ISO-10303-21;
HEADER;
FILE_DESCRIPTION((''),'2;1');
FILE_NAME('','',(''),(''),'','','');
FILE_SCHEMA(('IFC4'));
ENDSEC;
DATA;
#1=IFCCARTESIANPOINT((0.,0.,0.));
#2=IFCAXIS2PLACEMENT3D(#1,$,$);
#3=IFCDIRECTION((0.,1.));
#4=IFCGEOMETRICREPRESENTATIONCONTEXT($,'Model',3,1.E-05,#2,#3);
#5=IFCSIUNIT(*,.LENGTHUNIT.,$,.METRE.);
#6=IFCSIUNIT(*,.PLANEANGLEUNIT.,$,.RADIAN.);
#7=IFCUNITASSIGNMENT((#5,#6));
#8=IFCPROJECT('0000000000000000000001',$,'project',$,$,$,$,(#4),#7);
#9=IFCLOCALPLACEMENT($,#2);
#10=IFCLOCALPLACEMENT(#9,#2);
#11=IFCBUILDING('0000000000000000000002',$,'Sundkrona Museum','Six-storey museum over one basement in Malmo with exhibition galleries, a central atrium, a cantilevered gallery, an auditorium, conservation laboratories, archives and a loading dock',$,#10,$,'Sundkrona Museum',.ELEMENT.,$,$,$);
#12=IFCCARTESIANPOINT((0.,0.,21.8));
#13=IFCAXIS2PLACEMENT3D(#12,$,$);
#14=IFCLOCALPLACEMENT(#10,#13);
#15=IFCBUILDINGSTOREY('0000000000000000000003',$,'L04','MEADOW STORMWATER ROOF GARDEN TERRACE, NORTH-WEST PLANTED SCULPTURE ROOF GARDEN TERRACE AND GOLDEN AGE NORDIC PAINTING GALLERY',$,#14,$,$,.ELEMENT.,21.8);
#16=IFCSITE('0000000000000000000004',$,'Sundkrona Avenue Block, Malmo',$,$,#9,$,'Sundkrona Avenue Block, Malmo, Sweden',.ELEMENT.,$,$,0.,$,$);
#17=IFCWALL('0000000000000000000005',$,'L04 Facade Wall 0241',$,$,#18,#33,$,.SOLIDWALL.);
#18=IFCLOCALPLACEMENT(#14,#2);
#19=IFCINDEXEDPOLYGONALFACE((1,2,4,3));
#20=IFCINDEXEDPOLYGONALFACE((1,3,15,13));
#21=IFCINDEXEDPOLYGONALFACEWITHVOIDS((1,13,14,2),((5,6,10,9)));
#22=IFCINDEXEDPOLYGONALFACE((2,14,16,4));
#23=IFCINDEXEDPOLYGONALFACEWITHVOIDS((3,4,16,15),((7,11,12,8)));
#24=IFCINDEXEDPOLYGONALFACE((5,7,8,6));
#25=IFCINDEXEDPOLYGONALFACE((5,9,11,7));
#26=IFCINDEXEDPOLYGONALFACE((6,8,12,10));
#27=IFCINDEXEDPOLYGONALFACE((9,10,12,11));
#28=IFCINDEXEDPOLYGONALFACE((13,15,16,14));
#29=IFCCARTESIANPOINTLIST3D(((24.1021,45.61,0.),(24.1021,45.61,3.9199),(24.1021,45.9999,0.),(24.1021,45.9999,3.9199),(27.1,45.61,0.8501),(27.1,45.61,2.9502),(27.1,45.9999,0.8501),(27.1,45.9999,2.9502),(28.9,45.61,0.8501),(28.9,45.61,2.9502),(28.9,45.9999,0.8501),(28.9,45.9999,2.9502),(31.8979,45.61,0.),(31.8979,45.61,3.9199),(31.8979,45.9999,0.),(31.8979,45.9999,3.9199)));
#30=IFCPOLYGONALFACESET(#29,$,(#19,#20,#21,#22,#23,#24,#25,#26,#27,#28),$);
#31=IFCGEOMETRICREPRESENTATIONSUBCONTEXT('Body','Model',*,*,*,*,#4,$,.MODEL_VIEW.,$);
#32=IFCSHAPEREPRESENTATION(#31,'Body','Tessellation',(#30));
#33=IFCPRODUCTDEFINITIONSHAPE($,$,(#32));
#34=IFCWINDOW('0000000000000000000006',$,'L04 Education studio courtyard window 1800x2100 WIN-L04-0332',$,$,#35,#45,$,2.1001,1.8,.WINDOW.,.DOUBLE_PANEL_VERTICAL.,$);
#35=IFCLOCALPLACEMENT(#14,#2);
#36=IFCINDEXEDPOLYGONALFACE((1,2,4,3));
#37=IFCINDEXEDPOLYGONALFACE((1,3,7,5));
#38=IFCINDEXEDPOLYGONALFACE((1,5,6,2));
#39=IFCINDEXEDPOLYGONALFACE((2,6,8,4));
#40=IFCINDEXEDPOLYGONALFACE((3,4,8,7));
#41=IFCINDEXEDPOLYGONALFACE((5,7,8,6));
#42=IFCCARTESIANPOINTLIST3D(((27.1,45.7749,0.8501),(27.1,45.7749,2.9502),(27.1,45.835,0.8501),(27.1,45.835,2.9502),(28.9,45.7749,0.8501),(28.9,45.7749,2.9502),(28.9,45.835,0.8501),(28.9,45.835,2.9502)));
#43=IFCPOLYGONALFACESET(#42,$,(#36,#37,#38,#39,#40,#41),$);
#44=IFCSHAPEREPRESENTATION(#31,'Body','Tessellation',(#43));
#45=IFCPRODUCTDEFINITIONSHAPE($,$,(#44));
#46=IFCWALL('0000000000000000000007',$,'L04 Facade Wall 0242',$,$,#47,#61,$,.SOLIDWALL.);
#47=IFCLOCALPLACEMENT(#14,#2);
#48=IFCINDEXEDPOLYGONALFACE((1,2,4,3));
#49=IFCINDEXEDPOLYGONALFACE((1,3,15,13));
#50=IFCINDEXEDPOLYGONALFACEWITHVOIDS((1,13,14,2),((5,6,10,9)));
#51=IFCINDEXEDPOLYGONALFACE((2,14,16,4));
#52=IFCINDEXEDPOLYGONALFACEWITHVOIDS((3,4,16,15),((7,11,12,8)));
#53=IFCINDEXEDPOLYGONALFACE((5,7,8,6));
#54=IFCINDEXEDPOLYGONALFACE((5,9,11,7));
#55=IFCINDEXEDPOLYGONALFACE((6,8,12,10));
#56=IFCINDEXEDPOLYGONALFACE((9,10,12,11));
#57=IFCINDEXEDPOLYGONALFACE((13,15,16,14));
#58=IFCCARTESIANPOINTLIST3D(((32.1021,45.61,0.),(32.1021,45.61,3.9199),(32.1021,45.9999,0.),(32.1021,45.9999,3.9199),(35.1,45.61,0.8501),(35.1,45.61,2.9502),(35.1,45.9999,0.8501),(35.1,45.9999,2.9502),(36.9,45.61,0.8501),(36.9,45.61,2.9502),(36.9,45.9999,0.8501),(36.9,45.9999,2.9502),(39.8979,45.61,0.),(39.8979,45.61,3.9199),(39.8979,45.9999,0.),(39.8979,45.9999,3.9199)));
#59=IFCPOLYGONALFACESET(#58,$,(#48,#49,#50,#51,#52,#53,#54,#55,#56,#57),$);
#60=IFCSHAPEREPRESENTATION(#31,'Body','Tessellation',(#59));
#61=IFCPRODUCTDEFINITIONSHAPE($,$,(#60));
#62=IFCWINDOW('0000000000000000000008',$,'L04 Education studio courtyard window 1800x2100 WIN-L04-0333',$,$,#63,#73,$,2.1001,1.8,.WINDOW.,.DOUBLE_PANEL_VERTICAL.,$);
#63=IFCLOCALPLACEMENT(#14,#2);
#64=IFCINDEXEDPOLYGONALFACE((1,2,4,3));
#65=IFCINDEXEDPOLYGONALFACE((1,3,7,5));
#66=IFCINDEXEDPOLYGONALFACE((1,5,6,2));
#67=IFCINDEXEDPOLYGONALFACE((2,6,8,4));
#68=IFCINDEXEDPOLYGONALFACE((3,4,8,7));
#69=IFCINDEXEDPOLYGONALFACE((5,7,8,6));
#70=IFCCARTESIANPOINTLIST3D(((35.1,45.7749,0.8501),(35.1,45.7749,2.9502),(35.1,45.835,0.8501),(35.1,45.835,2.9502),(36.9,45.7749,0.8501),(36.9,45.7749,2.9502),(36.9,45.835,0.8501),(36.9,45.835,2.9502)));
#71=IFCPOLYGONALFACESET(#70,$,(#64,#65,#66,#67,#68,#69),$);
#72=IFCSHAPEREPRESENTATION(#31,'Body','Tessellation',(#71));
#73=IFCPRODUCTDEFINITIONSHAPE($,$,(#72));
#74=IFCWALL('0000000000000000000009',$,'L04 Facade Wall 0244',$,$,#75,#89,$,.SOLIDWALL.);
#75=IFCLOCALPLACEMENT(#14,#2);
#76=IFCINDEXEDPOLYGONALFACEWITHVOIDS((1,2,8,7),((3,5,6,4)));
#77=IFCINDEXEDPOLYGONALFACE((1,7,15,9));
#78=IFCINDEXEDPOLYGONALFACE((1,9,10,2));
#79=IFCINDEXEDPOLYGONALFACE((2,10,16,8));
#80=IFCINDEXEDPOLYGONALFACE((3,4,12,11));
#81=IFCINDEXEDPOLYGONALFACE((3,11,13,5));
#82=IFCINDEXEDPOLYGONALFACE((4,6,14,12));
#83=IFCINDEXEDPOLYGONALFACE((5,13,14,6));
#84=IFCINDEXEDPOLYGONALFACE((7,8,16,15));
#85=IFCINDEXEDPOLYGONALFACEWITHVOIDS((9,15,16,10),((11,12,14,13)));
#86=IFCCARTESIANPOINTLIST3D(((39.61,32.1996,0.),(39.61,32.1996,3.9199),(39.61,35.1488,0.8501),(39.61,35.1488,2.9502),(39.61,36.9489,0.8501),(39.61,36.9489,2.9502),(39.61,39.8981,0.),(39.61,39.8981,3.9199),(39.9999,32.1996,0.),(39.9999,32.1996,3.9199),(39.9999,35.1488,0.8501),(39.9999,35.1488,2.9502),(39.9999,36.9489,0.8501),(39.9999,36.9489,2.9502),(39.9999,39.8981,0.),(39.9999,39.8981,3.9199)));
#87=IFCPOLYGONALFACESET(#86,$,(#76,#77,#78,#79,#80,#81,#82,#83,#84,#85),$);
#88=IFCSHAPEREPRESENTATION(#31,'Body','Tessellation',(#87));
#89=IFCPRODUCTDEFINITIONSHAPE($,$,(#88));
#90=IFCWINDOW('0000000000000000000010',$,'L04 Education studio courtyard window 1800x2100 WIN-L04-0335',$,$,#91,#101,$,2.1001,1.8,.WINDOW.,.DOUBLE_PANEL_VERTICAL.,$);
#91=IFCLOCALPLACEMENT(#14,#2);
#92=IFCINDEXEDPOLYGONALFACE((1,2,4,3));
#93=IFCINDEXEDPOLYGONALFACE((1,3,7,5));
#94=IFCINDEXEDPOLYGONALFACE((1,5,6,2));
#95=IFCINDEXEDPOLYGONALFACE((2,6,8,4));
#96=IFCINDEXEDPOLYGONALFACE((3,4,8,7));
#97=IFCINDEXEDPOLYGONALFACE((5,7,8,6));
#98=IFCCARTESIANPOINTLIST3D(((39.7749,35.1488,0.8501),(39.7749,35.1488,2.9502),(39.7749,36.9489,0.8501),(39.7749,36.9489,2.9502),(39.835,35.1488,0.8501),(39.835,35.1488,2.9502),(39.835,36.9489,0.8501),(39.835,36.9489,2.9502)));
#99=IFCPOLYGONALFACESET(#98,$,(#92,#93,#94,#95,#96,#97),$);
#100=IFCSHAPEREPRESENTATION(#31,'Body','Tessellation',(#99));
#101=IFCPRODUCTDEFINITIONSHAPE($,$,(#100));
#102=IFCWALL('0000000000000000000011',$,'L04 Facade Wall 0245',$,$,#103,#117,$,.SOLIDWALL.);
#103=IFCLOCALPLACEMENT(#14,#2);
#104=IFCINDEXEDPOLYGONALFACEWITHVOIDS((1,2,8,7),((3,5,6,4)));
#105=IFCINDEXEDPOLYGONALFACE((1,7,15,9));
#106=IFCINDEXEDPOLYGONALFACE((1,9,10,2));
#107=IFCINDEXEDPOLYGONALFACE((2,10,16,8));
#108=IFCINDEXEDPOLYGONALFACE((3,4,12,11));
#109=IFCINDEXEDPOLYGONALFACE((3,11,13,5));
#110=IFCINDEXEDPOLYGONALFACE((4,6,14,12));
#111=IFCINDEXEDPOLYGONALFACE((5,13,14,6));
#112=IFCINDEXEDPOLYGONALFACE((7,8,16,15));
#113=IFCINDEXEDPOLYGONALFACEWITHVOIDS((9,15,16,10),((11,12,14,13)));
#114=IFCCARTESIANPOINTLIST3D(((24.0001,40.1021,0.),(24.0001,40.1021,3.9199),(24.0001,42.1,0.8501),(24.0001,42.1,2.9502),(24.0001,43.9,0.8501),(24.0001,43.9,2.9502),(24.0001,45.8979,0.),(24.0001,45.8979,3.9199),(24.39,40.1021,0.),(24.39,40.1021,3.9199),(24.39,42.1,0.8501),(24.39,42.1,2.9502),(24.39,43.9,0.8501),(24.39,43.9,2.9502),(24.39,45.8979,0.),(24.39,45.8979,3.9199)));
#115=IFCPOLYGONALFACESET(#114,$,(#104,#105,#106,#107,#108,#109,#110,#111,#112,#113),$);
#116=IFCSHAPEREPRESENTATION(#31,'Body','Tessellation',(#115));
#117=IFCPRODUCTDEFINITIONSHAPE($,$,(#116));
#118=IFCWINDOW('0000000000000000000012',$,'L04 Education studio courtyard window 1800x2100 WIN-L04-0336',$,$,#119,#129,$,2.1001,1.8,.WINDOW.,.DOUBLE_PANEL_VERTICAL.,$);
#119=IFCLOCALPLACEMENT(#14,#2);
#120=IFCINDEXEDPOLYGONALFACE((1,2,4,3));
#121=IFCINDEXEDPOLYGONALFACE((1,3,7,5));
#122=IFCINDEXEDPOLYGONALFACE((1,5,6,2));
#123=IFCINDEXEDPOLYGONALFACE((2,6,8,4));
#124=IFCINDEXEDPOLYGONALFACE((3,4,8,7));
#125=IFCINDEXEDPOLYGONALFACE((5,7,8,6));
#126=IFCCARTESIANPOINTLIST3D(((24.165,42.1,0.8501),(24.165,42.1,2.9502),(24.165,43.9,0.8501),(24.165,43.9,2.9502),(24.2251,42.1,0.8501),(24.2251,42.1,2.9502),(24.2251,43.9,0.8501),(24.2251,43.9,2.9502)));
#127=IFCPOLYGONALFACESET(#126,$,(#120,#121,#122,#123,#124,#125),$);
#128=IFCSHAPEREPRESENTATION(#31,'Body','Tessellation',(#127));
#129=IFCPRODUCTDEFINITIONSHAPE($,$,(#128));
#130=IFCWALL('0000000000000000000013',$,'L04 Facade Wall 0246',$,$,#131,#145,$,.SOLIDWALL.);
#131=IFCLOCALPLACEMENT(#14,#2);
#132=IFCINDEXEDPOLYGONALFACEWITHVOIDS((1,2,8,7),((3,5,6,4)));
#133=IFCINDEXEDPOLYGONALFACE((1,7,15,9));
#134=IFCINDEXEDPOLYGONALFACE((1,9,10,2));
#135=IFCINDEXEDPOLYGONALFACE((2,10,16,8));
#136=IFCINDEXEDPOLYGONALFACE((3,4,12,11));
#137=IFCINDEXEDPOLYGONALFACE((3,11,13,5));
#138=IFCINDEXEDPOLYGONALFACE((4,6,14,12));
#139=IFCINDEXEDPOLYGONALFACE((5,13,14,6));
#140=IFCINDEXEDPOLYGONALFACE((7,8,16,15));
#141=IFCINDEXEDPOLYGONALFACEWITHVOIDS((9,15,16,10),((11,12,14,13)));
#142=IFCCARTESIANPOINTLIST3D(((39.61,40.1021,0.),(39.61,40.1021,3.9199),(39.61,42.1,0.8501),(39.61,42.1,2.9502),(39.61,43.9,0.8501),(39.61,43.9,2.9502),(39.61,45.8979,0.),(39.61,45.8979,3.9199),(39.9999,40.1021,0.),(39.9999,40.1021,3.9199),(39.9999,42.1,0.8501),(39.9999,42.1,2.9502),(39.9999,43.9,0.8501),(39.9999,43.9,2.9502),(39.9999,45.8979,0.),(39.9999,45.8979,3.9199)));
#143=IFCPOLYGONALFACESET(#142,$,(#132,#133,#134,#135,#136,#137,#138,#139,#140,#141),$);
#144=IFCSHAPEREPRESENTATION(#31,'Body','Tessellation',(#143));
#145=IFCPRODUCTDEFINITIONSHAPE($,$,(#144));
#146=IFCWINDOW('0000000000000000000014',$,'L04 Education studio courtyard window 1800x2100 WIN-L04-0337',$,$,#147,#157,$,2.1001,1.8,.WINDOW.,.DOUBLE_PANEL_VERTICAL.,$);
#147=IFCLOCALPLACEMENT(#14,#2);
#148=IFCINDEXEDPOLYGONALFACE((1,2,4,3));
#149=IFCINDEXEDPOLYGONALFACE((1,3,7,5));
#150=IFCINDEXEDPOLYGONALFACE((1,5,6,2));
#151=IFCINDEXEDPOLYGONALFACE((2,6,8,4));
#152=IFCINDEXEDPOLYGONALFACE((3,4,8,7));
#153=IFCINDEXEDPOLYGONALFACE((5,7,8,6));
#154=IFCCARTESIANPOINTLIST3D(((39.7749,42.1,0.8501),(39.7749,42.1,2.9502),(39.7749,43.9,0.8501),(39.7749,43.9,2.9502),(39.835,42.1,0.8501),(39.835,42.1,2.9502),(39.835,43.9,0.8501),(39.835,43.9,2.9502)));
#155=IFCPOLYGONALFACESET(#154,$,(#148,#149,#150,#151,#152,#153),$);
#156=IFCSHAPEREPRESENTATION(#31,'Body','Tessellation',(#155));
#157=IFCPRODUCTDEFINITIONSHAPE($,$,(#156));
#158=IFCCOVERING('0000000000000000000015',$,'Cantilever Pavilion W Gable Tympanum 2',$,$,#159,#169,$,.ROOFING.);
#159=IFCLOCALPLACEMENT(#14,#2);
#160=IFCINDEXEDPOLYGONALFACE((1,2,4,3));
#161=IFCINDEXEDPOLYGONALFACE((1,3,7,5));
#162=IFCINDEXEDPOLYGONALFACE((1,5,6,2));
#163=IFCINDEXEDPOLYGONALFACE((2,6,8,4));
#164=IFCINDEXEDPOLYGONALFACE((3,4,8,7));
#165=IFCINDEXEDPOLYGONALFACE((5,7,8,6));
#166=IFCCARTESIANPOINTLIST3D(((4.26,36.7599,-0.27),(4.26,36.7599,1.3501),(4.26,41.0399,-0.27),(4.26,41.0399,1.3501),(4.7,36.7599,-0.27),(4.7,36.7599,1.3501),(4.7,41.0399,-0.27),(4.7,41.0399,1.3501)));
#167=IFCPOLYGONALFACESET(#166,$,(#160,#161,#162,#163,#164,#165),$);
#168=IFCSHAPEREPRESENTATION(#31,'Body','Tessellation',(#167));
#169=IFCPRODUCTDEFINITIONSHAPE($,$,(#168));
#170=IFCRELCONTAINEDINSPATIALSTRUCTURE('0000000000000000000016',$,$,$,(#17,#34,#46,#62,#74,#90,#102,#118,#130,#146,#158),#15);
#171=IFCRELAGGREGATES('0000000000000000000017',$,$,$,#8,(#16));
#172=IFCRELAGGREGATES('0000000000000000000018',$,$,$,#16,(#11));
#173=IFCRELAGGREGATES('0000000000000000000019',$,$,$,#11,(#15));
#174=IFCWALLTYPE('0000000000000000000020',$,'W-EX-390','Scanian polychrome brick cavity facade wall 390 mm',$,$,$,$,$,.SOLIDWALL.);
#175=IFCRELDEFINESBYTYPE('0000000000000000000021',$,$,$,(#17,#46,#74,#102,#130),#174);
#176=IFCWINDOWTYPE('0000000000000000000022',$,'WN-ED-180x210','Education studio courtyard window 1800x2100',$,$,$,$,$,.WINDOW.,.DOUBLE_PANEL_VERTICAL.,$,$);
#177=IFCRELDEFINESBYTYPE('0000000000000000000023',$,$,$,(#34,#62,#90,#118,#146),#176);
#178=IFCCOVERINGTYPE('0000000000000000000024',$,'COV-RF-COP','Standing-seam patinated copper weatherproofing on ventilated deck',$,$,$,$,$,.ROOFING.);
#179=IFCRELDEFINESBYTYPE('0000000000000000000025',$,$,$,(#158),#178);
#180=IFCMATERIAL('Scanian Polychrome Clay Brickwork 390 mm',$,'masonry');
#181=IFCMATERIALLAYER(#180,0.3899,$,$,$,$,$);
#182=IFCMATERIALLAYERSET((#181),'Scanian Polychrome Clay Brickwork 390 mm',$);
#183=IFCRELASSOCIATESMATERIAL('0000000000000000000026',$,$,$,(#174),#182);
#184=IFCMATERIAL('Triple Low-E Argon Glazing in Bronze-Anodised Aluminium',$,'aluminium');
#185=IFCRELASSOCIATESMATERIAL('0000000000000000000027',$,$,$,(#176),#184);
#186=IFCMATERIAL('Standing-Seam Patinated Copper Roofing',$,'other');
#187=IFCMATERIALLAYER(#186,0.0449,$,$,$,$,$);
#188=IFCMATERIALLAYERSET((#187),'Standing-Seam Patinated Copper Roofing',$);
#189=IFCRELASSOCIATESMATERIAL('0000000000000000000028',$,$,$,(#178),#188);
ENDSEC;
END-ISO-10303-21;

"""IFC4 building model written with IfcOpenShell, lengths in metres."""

from ifc_helpers import new_model, si_unit, direction, frame, frame_2d, origin, origin_2d, place, context, subcontext, project, spatial, rectangle, extrude, material, layer, layer_set, type_object, element, fill, save


model = new_model("IFC4")

# Units and contexts
model_context = context("Model", 3, precision=1e-05, world=origin(), true_north=direction((0.0, 1.0)))
body_context = subcontext(model_context, "Body", "Model", "MODEL_VIEW")
ifc_project = project(units=[si_unit("LENGTHUNIT", "METRE"), si_unit("PLANEANGLEUNIT", "RADIAN")], contexts=[model_context])

# Site, building, storey
site_placement = place(None, origin())
site = spatial("IfcSite", under=ifc_project, at=site_placement, Name="Sundkrona Avenue Block, Malmo", LongName="Sundkrona Avenue Block, Malmo, Sweden", CompositionType="ELEMENT", RefElevation=0.0)
building_placement = place(site_placement, origin())
building = spatial("IfcBuilding", under=site, at=building_placement, Name="Sundkrona Museum", Description="Six-storey museum over one basement in Malmo with exhibition galleries, a central atrium, a cantilevered gallery, an auditorium, conservation laboratories, archives and a loading dock", LongName="Sundkrona Museum", CompositionType="ELEMENT")
storey_placement = place(building_placement, frame((0.0, 0.0, 21.8)))
storey = spatial("IfcBuildingStorey", under=building, at=storey_placement, Name="L04", Description="MEADOW STORMWATER ROOF GARDEN TERRACE, NORTH-WEST PLANTED SCULPTURE ROOF GARDEN TERRACE AND GOLDEN AGE NORDIC PAINTING GALLERY", CompositionType="ELEMENT", Elevation=21.8)

# Walls, openings, windows
ifc_material_1 = material(Name="Scanian Polychrome Clay Brickwork 390 mm", Category="masonry")
ifc_layer_1 = layer(ifc_material_1, 0.3899)
ifc_layer_set_1 = layer_set([ifc_layer_1], Name="Scanian Polychrome Clay Brickwork 390 mm")
wall_type_1 = type_object("IfcWallType", Name="W-EX-390", Description="Scanian polychrome brick cavity facade wall 390 mm", PredefinedType="SOLIDWALL", material=ifc_layer_set_1)
wall_1_placement = place(storey_placement, frame((24.1021, 45.8049, 0.0), z_axis=(0.0, 0.0, 1.0), x_axis=(1.0, 0.0, 0.0)))
wall_1 = element("IfcWall", 1, at=wall_1_placement, inside=storey, type_object=wall_type_1, Name="L04 Facade Wall 0241", PredefinedType="SOLIDWALL", context=body_context, shape_type="SweptSolid", body=[
    extrude(rectangle(XDim=7.7959, YDim=0.3899, at=frame_2d((3.8979, 0.0))), origin(), (0.0, 0.0, 1.0), 3.9199),
])
opening_1_placement = place(wall_1_placement, frame((2.998, 0.0, 0.8501)))
opening_1 = element("IfcOpeningElement", 2, at=opening_1_placement, cuts=wall_1, PredefinedType="OPENING", context=body_context, shape_type="SweptSolid", body=[
    extrude(rectangle(XDim=1.8, YDim=2.1001, at=frame_2d((0.8999, 1.05))), frame((0.0, 0.2048, 0.0), z_axis=(0.0, -1.0, 0.0), x_axis=(1.0, 0.0, 0.0)), (0.0, 0.0, 1.0), 0.4099),
])
ifc_material_2 = material(Name="Triple Low-E Argon Glazing in Bronze-Anodised Aluminium", Category="aluminium")
window_type = type_object("IfcWindowType", Name="WN-ED-180x210", Description="Education studio courtyard window 1800x2100", PartitioningType="DOUBLE_PANEL_VERTICAL", PredefinedType="WINDOW", material=ifc_material_2)
window_1_placement = place(opening_1_placement, origin())
window_1 = element("IfcWindow", 3, at=window_1_placement, inside=storey, type_object=window_type, Name="L04 Education studio courtyard window 1800x2100 WIN-L04-0332", OverallHeight=2.1001, OverallWidth=1.8, PartitioningType="DOUBLE_PANEL_VERTICAL", PredefinedType="WINDOW", context=body_context, shape_type="SweptSolid", body=[
    extrude(rectangle(XDim=1.8, YDim=2.1001, at=frame_2d((0.8999, 1.05))), frame((0.0, 0.03, 0.0), z_axis=(0.0, -1.0, 0.0), x_axis=(1.0, 0.0, 0.0)), (0.0, 0.0, 1.0), 0.0601),
])
fill(opening_1, window_1)
wall_2_placement = place(storey_placement, frame((32.1021, 45.8049, 0.0), z_axis=(0.0, 0.0, 1.0), x_axis=(1.0, 0.0, 0.0)))
wall_2 = element("IfcWall", 4, at=wall_2_placement, inside=storey, type_object=wall_type_1, Name="L04 Facade Wall 0242", PredefinedType="SOLIDWALL", context=body_context, shape_type="SweptSolid", body=[
    extrude(rectangle(XDim=7.7959, YDim=0.3899, at=frame_2d((3.8979, 0.0))), origin(), (0.0, 0.0, 1.0), 3.9199),
])
opening_2_placement = place(wall_2_placement, frame((2.998, 0.0, 0.8501)))
opening_2 = element("IfcOpeningElement", 5, at=opening_2_placement, cuts=wall_2, PredefinedType="OPENING", context=body_context, shape_type="SweptSolid", body=[
    extrude(rectangle(XDim=1.8, YDim=2.1001, at=frame_2d((0.8999, 1.05))), frame((0.0, 0.2048, 0.0), z_axis=(0.0, -1.0, 0.0), x_axis=(1.0, 0.0, 0.0)), (0.0, 0.0, 1.0), 0.4099),
])
window_2_placement = place(opening_2_placement, origin())
window_2 = element("IfcWindow", 6, at=window_2_placement, inside=storey, type_object=window_type, Name="L04 Education studio courtyard window 1800x2100 WIN-L04-0333", OverallHeight=2.1001, OverallWidth=1.8, PartitioningType="DOUBLE_PANEL_VERTICAL", PredefinedType="WINDOW", context=body_context, shape_type="SweptSolid", body=[
    extrude(rectangle(XDim=1.8, YDim=2.1001, at=frame_2d((0.8999, 1.05))), frame((0.0, 0.03, 0.0), z_axis=(0.0, -1.0, 0.0), x_axis=(1.0, 0.0, 0.0)), (0.0, 0.0, 1.0), 0.0601),
])
fill(opening_2, window_2)
wall_3_placement = place(storey_placement, frame((39.8049, 39.8979, 0.0), z_axis=(0.0, 0.0, 1.0), x_axis=(0.0, -1.0, 0.0)))
wall_3 = element("IfcWall", 7, at=wall_3_placement, inside=storey, type_object=wall_type_1, Name="L04 Facade Wall 0244", PredefinedType="SOLIDWALL", context=body_context, shape_type="SweptSolid", body=[
    extrude(rectangle(XDim=7.6985, YDim=0.3899, at=frame_2d((3.8491, 0.0))), origin(), (0.0, 0.0, 1.0), 3.9199),
])
opening_3_placement = place(wall_3_placement, frame((2.9492, 0.0, 0.8501)))
opening_3 = element("IfcOpeningElement", 8, at=opening_3_placement, cuts=wall_3, PredefinedType="OPENING", context=body_context, shape_type="SweptSolid", body=[
    extrude(rectangle(XDim=1.8, YDim=2.1001, at=frame_2d((0.8999, 1.05))), frame((0.0, 0.2048, 0.0), z_axis=(0.0, -1.0, 0.0), x_axis=(1.0, 0.0, 0.0)), (0.0, 0.0, 1.0), 0.4099),
])
window_3_placement = place(opening_3_placement, origin())
window_3 = element("IfcWindow", 9, at=window_3_placement, inside=storey, type_object=window_type, Name="L04 Education studio courtyard window 1800x2100 WIN-L04-0335", OverallHeight=2.1001, OverallWidth=1.8, PartitioningType="DOUBLE_PANEL_VERTICAL", PredefinedType="WINDOW", context=body_context, shape_type="SweptSolid", body=[
    extrude(rectangle(XDim=1.8, YDim=2.1001, at=frame_2d((0.8999, 1.05))), frame((0.0, 0.03, 0.0), z_axis=(0.0, -1.0, 0.0), x_axis=(1.0, 0.0, 0.0)), (0.0, 0.0, 1.0), 0.0601),
])
fill(opening_3, window_3)
wall_4_placement = place(storey_placement, frame((24.1951, 40.1021, 0.0), z_axis=(0.0, 0.0, 1.0), x_axis=(0.0, 1.0, 0.0)))
wall_4 = element("IfcWall", 10, at=wall_4_placement, inside=storey, type_object=wall_type_1, Name="L04 Facade Wall 0245", PredefinedType="SOLIDWALL", context=body_context, shape_type="SweptSolid", body=[
    extrude(rectangle(XDim=5.7959, YDim=0.3899, at=frame_2d((2.8979, 0.0))), origin(), (0.0, 0.0, 1.0), 3.9199),
])
opening_4_placement = place(wall_4_placement, frame((1.998, 0.0, 0.8501)))
opening_4 = element("IfcOpeningElement", 11, at=opening_4_placement, cuts=wall_4, PredefinedType="OPENING", context=body_context, shape_type="SweptSolid", body=[
    extrude(rectangle(XDim=1.8, YDim=2.1001, at=frame_2d((0.8999, 1.05))), frame((0.0, 0.2048, 0.0), z_axis=(0.0, -1.0, 0.0), x_axis=(1.0, 0.0, 0.0)), (0.0, 0.0, 1.0), 0.4099),
])
window_4_placement = place(opening_4_placement, origin())
window_4 = element("IfcWindow", 12, at=window_4_placement, inside=storey, type_object=window_type, Name="L04 Education studio courtyard window 1800x2100 WIN-L04-0336", OverallHeight=2.1001, OverallWidth=1.8, PartitioningType="DOUBLE_PANEL_VERTICAL", PredefinedType="WINDOW", context=body_context, shape_type="SweptSolid", body=[
    extrude(rectangle(XDim=1.8, YDim=2.1001, at=frame_2d((0.8999, 1.05))), frame((0.0, 0.03, 0.0), z_axis=(0.0, -1.0, 0.0), x_axis=(1.0, 0.0, 0.0)), (0.0, 0.0, 1.0), 0.0601),
])
fill(opening_4, window_4)
wall_5_placement = place(storey_placement, frame((39.8049, 45.8979, 0.0), z_axis=(0.0, 0.0, 1.0), x_axis=(0.0, -1.0, 0.0)))
wall_5 = element("IfcWall", 13, at=wall_5_placement, inside=storey, type_object=wall_type_1, Name="L04 Facade Wall 0246", PredefinedType="SOLIDWALL", context=body_context, shape_type="SweptSolid", body=[
    extrude(rectangle(XDim=5.7959, YDim=0.3899, at=frame_2d((2.8979, 0.0))), origin(), (0.0, 0.0, 1.0), 3.9199),
])
opening_5_placement = place(wall_5_placement, frame((1.998, 0.0, 0.8501)))
opening_5 = element("IfcOpeningElement", 14, at=opening_5_placement, cuts=wall_5, PredefinedType="OPENING", context=body_context, shape_type="SweptSolid", body=[
    extrude(rectangle(XDim=1.8, YDim=2.1001, at=frame_2d((0.8999, 1.05))), frame((0.0, 0.2048, 0.0), z_axis=(0.0, -1.0, 0.0), x_axis=(1.0, 0.0, 0.0)), (0.0, 0.0, 1.0), 0.4099),
])
window_5_placement = place(opening_5_placement, origin())
window_5 = element("IfcWindow", 15, at=window_5_placement, inside=storey, type_object=window_type, Name="L04 Education studio courtyard window 1800x2100 WIN-L04-0337", OverallHeight=2.1001, OverallWidth=1.8, PartitioningType="DOUBLE_PANEL_VERTICAL", PredefinedType="WINDOW", context=body_context, shape_type="SweptSolid", body=[
    extrude(rectangle(XDim=1.8, YDim=2.1001, at=frame_2d((0.8999, 1.05))), frame((0.0, 0.03, 0.0), z_axis=(0.0, -1.0, 0.0), x_axis=(1.0, 0.0, 0.0)), (0.0, 0.0, 1.0), 0.0601),
])
fill(opening_5, window_5)

# Covering
ifc_material_3 = material(Name="Standing-Seam Patinated Copper Roofing", Category="other")
ifc_layer_2 = layer(ifc_material_3, 0.0449)
ifc_layer_set_2 = layer_set([ifc_layer_2], Name="Standing-Seam Patinated Copper Roofing")
covering_type = type_object("IfcCoveringType", Name="COV-RF-COP", Description="Standing-seam patinated copper weatherproofing on ventilated deck", PredefinedType="ROOFING", material=ifc_layer_set_2)
covering_1_placement = place(storey_placement, frame((4.48, 38.8999, -0.27), z_axis=(0.0, 0.0, 1.0), x_axis=(0.0, 1.0, 0.0)))
element("IfcCovering", 16, at=covering_1_placement, inside=storey, type_object=covering_type, Name="Cantilever Pavilion W Gable Tympanum 2", PredefinedType="ROOFING", context=body_context, shape_type="SweptSolid", body=[
    extrude(rectangle(XDim=4.28, YDim=0.4399, at=origin_2d()), origin(), (0.0, 0.0, 1.0), 1.6201),
])

save(model, "model.ifc")
